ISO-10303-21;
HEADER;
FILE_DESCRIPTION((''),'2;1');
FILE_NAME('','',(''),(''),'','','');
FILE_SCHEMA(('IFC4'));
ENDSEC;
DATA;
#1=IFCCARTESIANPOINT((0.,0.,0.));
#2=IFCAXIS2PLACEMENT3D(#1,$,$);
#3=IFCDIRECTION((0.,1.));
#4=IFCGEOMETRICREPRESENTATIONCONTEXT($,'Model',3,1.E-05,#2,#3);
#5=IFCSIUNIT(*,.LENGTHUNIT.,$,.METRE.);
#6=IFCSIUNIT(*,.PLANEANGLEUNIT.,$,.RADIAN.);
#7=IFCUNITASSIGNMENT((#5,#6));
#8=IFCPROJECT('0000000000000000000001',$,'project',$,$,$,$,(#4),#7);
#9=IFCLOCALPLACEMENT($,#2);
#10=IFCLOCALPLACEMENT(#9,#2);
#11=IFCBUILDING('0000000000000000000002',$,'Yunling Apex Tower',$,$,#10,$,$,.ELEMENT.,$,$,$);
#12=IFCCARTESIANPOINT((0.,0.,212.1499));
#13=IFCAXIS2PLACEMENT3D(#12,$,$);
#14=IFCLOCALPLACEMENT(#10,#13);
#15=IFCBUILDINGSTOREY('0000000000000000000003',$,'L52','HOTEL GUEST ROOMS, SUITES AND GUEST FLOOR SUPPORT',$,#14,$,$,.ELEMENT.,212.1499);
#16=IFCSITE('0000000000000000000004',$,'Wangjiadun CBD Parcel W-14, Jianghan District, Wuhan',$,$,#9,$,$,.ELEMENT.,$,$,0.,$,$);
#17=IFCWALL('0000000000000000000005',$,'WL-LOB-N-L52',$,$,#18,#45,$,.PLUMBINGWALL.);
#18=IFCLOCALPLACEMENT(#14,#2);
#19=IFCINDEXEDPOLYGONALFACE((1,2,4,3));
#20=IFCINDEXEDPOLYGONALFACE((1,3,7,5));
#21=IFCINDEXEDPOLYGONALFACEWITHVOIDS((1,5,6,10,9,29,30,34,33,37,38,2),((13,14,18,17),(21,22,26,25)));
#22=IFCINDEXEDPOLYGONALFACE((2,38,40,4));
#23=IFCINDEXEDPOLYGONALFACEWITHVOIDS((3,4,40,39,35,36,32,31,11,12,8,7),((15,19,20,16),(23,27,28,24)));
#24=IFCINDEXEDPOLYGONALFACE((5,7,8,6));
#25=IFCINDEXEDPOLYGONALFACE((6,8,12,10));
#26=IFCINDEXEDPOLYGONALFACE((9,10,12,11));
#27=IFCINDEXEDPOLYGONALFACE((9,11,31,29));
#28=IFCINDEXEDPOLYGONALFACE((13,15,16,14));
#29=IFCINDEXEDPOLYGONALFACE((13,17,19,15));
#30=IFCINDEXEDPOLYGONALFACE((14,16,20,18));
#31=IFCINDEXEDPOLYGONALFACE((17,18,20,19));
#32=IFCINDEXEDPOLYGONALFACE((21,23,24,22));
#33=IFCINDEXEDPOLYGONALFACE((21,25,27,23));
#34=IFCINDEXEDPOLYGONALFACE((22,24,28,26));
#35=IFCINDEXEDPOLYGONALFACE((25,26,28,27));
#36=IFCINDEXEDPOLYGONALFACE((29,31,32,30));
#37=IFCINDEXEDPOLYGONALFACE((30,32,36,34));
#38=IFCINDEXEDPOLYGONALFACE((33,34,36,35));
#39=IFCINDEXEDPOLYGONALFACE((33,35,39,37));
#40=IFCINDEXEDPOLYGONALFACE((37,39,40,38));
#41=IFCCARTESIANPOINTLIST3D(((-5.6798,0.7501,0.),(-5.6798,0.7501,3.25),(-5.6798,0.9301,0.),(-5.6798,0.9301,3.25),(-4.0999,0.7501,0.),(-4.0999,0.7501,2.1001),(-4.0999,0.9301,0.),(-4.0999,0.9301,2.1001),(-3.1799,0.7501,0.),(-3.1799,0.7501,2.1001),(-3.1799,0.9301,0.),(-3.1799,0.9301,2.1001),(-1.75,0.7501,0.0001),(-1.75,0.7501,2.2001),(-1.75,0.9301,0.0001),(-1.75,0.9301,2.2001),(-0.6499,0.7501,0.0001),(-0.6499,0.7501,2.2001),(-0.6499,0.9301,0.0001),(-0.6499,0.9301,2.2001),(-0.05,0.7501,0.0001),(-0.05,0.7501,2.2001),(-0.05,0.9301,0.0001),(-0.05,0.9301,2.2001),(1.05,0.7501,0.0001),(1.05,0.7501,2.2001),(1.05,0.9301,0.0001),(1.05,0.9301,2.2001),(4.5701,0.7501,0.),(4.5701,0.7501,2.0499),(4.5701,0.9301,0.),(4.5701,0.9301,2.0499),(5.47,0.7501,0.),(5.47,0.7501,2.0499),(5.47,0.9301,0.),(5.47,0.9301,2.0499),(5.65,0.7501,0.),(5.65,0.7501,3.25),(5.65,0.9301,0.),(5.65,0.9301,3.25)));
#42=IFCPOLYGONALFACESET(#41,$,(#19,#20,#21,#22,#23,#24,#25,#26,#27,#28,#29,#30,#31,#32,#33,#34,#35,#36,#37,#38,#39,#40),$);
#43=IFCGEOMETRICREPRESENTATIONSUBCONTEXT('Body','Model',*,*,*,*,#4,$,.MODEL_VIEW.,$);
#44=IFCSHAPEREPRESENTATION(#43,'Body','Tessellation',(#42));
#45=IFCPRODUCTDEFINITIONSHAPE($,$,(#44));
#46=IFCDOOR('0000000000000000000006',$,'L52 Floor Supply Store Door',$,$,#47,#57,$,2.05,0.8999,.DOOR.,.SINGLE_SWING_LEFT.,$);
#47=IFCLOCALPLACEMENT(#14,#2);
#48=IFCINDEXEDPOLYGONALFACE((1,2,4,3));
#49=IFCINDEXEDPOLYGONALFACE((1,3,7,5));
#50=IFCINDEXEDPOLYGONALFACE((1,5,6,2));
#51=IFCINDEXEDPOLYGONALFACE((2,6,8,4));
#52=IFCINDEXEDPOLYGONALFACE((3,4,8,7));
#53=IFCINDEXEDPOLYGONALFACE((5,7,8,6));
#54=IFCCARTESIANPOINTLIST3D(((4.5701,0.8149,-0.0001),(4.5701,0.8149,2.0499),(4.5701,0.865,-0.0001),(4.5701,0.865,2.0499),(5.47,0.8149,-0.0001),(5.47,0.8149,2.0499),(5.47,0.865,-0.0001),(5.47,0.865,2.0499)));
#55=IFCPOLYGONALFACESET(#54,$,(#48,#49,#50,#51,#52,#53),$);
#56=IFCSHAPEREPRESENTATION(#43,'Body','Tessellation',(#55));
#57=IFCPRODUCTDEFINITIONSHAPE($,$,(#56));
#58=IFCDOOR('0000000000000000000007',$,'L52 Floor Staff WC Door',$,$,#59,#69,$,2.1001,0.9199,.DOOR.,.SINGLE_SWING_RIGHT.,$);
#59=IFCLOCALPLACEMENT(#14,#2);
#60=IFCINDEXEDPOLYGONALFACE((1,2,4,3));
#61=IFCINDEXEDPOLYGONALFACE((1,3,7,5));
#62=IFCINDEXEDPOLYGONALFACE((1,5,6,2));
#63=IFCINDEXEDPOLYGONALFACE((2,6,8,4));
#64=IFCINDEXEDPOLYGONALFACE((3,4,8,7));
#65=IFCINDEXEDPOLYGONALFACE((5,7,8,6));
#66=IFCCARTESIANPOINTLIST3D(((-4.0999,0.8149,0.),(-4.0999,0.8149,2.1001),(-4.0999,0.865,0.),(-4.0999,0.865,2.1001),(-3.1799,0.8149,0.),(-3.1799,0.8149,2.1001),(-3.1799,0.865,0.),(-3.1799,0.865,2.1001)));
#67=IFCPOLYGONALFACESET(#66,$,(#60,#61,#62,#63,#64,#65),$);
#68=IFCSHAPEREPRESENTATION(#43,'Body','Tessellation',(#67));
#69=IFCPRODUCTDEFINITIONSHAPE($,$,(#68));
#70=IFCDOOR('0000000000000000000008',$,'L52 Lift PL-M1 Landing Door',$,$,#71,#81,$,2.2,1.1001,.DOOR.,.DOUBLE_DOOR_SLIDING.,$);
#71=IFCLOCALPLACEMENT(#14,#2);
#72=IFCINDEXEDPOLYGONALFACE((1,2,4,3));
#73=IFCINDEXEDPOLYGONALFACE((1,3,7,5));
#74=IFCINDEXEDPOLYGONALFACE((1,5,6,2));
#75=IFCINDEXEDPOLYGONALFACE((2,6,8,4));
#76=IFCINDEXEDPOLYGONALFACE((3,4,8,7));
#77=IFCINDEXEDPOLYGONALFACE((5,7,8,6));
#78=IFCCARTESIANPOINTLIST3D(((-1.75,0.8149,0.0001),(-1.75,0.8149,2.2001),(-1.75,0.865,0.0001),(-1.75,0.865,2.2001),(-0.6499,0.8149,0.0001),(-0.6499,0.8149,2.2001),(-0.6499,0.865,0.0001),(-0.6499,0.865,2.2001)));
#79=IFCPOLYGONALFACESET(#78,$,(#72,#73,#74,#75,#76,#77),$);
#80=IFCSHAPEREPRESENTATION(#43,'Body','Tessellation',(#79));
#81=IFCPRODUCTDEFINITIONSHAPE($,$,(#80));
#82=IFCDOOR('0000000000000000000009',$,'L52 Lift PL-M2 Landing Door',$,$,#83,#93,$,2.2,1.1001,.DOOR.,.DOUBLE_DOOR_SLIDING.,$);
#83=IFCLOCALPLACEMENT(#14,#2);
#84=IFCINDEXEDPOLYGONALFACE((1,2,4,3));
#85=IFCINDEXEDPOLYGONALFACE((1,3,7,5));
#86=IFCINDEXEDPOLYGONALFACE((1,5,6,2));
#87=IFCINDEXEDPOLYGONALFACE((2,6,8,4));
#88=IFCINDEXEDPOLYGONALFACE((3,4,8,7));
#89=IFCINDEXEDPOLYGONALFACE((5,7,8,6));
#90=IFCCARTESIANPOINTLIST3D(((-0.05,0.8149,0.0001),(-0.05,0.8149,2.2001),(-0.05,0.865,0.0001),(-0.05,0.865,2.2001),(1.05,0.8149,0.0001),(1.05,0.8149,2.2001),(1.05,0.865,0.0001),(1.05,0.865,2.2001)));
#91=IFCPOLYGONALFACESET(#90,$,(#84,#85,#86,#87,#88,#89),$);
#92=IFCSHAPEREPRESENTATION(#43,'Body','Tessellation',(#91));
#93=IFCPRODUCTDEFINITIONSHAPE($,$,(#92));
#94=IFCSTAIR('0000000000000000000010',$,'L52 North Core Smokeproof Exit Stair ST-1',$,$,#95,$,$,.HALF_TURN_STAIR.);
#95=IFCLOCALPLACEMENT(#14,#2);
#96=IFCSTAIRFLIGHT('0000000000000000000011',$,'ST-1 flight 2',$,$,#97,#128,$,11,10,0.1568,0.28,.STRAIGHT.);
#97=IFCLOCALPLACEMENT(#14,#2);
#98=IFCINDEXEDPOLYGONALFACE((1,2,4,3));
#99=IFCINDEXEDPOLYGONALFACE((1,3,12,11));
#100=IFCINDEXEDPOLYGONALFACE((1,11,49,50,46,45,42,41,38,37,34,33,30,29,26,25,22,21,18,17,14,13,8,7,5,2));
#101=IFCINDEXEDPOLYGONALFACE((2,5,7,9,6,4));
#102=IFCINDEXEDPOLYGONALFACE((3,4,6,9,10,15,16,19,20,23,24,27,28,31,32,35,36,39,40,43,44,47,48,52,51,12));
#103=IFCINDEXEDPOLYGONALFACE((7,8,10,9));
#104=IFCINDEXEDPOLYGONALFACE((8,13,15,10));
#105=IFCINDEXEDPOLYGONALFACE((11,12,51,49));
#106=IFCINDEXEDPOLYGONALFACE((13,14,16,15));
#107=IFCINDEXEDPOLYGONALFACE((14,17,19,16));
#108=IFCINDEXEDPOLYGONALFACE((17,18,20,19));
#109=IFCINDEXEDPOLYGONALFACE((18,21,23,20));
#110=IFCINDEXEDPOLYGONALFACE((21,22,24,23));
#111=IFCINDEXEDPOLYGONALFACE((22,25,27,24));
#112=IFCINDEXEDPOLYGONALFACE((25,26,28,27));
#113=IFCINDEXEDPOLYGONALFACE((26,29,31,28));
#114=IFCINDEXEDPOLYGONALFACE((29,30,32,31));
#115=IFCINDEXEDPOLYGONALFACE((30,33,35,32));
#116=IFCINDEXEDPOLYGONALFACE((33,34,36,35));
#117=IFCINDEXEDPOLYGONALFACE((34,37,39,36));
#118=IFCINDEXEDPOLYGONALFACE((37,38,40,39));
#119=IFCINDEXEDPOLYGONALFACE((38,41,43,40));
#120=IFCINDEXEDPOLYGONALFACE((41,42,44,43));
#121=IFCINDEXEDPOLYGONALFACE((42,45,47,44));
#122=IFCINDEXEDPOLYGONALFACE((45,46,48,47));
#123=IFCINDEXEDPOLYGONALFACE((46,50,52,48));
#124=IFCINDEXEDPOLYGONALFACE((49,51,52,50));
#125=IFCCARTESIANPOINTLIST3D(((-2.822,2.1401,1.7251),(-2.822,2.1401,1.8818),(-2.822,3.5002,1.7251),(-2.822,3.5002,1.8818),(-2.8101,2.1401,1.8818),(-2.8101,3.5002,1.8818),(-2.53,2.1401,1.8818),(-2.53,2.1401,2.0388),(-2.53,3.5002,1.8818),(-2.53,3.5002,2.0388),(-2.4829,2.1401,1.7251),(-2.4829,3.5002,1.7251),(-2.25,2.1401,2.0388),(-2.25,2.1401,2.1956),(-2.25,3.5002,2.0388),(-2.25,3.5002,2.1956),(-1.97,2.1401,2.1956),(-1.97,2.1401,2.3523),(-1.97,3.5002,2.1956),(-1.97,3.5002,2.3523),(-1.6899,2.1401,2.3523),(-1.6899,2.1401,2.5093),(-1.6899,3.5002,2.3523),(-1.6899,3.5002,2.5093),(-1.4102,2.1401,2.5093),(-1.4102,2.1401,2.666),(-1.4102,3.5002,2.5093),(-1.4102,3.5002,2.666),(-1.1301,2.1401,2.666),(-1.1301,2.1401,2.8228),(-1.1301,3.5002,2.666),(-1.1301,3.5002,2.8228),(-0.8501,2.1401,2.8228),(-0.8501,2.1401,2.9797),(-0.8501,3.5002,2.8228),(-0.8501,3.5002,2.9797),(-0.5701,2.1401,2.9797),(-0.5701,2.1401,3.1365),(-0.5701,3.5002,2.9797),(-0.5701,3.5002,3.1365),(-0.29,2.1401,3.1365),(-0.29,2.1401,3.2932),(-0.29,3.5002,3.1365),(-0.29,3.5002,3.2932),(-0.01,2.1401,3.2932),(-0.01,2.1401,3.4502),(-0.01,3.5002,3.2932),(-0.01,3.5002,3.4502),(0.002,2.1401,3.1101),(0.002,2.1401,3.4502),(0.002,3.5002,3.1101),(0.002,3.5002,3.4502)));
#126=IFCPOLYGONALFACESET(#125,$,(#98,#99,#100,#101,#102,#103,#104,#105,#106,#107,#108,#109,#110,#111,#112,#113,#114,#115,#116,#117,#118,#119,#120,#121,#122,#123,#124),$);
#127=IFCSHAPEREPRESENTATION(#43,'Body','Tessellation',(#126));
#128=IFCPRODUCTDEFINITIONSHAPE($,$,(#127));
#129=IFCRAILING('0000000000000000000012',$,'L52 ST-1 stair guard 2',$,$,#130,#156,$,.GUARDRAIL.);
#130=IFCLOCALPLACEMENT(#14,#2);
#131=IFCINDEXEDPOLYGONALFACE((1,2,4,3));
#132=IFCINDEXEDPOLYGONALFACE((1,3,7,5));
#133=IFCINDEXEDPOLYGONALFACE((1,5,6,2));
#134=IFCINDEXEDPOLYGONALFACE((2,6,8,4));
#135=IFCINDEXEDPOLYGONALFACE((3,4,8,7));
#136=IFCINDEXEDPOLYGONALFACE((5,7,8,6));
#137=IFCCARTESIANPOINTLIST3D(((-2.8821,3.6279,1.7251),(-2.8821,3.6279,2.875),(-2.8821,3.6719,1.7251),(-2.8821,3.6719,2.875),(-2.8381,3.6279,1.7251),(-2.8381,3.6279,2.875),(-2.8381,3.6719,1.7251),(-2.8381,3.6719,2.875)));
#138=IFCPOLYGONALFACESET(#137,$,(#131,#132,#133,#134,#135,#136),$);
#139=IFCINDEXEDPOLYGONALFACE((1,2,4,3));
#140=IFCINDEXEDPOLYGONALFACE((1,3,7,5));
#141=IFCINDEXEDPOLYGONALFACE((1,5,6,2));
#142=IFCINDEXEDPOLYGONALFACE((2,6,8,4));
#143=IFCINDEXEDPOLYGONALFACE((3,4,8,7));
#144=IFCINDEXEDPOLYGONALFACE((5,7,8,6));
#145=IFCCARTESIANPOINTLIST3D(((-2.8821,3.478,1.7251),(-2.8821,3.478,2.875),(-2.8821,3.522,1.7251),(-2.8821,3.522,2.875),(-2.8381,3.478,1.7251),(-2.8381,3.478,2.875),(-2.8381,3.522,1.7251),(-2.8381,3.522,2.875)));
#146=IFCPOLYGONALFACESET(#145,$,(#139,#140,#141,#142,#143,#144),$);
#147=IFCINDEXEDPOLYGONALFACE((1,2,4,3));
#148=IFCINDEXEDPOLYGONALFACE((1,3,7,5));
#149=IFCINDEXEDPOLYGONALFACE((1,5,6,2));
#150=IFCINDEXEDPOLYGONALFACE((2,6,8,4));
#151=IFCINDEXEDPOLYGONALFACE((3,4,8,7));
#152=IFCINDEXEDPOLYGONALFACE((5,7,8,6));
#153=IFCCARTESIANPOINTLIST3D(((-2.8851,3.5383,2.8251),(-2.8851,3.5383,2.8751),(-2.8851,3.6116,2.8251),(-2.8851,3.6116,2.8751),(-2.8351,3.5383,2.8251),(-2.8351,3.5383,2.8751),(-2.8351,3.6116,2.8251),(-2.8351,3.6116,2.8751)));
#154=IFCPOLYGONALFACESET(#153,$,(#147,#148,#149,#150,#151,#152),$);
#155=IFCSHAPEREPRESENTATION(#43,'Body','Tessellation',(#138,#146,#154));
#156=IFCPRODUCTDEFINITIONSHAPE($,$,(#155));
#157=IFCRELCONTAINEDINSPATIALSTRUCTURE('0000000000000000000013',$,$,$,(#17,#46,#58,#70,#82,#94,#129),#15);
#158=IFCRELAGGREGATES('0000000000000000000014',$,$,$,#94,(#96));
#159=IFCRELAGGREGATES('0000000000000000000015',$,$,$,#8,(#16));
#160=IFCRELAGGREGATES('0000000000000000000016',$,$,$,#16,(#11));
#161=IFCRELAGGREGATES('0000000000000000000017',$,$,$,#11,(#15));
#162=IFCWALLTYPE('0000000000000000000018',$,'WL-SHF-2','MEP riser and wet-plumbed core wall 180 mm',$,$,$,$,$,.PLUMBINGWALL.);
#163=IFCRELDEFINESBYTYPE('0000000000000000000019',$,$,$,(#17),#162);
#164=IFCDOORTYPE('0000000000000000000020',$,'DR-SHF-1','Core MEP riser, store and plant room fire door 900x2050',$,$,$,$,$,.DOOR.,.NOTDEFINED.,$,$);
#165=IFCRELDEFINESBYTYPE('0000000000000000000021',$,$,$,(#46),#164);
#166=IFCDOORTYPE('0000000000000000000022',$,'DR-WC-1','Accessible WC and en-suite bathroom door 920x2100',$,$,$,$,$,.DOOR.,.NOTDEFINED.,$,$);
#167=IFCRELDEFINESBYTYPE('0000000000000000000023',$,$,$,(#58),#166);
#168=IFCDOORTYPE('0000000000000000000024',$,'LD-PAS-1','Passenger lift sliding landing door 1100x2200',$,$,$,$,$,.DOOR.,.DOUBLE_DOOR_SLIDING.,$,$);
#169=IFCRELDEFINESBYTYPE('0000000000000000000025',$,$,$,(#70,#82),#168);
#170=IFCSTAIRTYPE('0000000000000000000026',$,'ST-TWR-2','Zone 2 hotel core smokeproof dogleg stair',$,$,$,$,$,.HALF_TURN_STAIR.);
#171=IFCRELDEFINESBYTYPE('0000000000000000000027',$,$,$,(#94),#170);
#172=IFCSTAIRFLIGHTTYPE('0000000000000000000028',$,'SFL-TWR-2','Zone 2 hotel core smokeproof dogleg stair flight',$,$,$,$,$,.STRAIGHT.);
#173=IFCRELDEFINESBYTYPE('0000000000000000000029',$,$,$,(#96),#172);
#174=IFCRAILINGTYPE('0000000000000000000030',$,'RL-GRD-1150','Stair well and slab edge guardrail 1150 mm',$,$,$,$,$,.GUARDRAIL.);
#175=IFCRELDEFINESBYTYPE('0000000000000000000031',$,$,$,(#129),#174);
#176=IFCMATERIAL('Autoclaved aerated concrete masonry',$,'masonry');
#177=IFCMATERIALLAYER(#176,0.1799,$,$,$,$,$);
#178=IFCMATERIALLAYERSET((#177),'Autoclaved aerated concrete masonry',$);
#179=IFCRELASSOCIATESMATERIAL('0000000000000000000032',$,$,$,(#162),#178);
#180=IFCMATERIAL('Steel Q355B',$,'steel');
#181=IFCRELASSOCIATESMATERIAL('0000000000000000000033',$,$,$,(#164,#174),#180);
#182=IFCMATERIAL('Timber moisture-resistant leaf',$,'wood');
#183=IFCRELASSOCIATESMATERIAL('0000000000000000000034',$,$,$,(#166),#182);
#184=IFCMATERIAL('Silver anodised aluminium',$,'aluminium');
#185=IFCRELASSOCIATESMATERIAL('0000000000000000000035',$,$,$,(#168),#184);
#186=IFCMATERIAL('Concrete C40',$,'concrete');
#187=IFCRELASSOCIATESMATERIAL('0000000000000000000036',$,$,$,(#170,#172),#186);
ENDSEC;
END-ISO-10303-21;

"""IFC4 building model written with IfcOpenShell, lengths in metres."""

from ifc_helpers import new_model, si_unit, direction, frame, frame_2d, origin, origin_2d, place, context, subcontext, project, spatial, polyline, rectangle, outline, extrude, material, layer, layer_set, type_object, element, fill, aggregate, save


model = new_model("IFC4")

# Units and contexts
model_context = context("Model", 3, precision=1e-05, world=origin(), true_north=direction((0.0, 1.0)))
body_context = subcontext(model_context, "Body", "Model", "MODEL_VIEW")
ifc_project = project(units=[si_unit("LENGTHUNIT", "METRE"), si_unit("PLANEANGLEUNIT", "RADIAN")], contexts=[model_context])

# Site, building, storey
site_placement = place(None, origin())
site = spatial("IfcSite", under=ifc_project, at=site_placement, Name="Wangjiadun CBD Parcel W-14, Jianghan District, Wuhan", CompositionType="ELEMENT", RefElevation=0.0)
building_placement = place(site_placement, origin())
building = spatial("IfcBuilding", under=site, at=building_placement, Name="Yunling Apex Tower", CompositionType="ELEMENT")
storey_placement = place(building_placement, frame((0.0, 0.0, 212.1499)))
storey = spatial("IfcBuildingStorey", under=building, at=storey_placement, Name="L52", Description="HOTEL GUEST ROOMS, SUITES AND GUEST FLOOR SUPPORT", CompositionType="ELEMENT", Elevation=212.1499)

# Shared definitions
ifc_material_1 = material(Name="Steel Q355B", Category="steel")

# Shared definitions
ifc_material_2 = material(Name="Concrete C40", Category="concrete")
ifc_material_3 = material(Name="Autoclaved aerated concrete masonry", Category="masonry")
ifc_layer_1 = layer(ifc_material_3, 0.1799)
ifc_layer_set_1 = layer_set([ifc_layer_1], Name="Autoclaved aerated concrete masonry")
wall_type_1 = type_object("IfcWallType", Name="WL-SHF-2", Description="MEP riser and wet-plumbed core wall 180 mm", PredefinedType="PLUMBINGWALL", material=ifc_layer_set_1)

# Wall, openings, doors
wall_1_placement = place(storey_placement, frame((-5.6799, 0.8401, 0.0), z_axis=(0.0, 0.0, 1.0), x_axis=(1.0, 0.0, 0.0)))
wall_1 = element("IfcWall", 1, at=wall_1_placement, inside=storey, type_object=wall_type_1, Name="WL-LOB-N-L52", PredefinedType="PLUMBINGWALL", context=body_context, shape_type="SweptSolid", body=[
    extrude(rectangle(XDim=11.3298, YDim=0.1799, at=frame_2d((5.665, 0.0))), origin(), (0.0, 0.0, 1.0), 3.25),
])
opening_1_placement = place(wall_1_placement, frame((1.5801, 0.0, 0.0)))
opening_1 = element("IfcOpeningElement", 2, at=opening_1_placement, cuts=wall_1, PredefinedType="OPENING", context=body_context, shape_type="SweptSolid", body=[
    extrude(rectangle(XDim=0.9199, YDim=2.1001, at=frame_2d((0.46, 1.05))), frame((0.0, 0.1001, 0.0), z_axis=(0.0, -1.0, 0.0), x_axis=(1.0, 0.0, 0.0)), (0.0, 0.0, 1.0), 0.2),
])
opening_2_placement = place(wall_1_placement, frame((3.9299, 0.0, 0.0)))
opening_2 = element("IfcOpeningElement", 3, at=opening_2_placement, cuts=wall_1, PredefinedType="OPENING", context=body_context, shape_type="SweptSolid", body=[
    extrude(rectangle(XDim=1.1001, YDim=2.2, at=frame_2d((0.55, 1.1001))), frame((0.0, 0.1001, 0.0), z_axis=(0.0, -1.0, 0.0), x_axis=(1.0, 0.0, 0.0)), (0.0, 0.0, 1.0), 0.2),
])
opening_3_placement = place(wall_1_placement, frame((5.6299, 0.0, 0.0)))
opening_3 = element("IfcOpeningElement", 4, at=opening_3_placement, cuts=wall_1, PredefinedType="OPENING", context=body_context, shape_type="SweptSolid", body=[
    extrude(rectangle(XDim=1.1001, YDim=2.2, at=frame_2d((0.55, 1.1001))), frame((0.0, 0.1001, 0.0), z_axis=(0.0, -1.0, 0.0), x_axis=(1.0, 0.0, 0.0)), (0.0, 0.0, 1.0), 0.2),
])
opening_4_placement = place(wall_1_placement, frame((10.25, 0.0, 0.0)))
opening_4 = element("IfcOpeningElement", 5, at=opening_4_placement, cuts=wall_1, PredefinedType="OPENING", context=body_context, shape_type="SweptSolid", body=[
    extrude(rectangle(XDim=0.8999, YDim=2.05, at=frame_2d((0.45, 1.0249))), frame((0.0, 0.1001, 0.0), z_axis=(0.0, -1.0, 0.0), x_axis=(1.0, 0.0, 0.0)), (0.0, 0.0, 1.0), 0.2),
])
door_type_1 = type_object("IfcDoorType", Name="DR-SHF-1", Description="Core MEP riser, store and plant room fire door 900x2050", OperationType="NOTDEFINED", PredefinedType="DOOR", material=ifc_material_1)
door_1_placement = place(opening_4_placement, origin())
door_1 = element("IfcDoor", 6, at=door_1_placement, inside=storey, type_object=door_type_1, Name="L52 Floor Supply Store Door", OperationType="SINGLE_SWING_LEFT", OverallHeight=2.05, OverallWidth=0.8999, PredefinedType="DOOR", context=body_context, shape_type="SweptSolid", body=[
    extrude(rectangle(XDim=0.8999, YDim=2.05, at=frame_2d((0.45, 1.0249))), frame((0.0, 0.0249, 0.0), z_axis=(0.0, -1.0, 0.0), x_axis=(1.0, 0.0, 0.0)), (0.0, 0.0, 1.0), 0.05),
])
fill(opening_4, door_1)
ifc_material_4 = material(Name="Timber moisture-resistant leaf", Category="wood")
door_type_2 = type_object("IfcDoorType", Name="DR-WC-1", Description="Accessible WC and en-suite bathroom door 920x2100", OperationType="NOTDEFINED", PredefinedType="DOOR", material=ifc_material_4)
door_2_placement = place(opening_1_placement, origin())
door_2 = element("IfcDoor", 7, at=door_2_placement, inside=storey, type_object=door_type_2, Name="L52 Floor Staff WC Door", OperationType="SINGLE_SWING_RIGHT", OverallHeight=2.1001, OverallWidth=0.9199, PredefinedType="DOOR", context=body_context, shape_type="SweptSolid", body=[
    extrude(rectangle(XDim=0.9199, YDim=2.1001, at=frame_2d((0.46, 1.05))), frame((0.0, 0.0249, 0.0), z_axis=(0.0, -1.0, 0.0), x_axis=(1.0, 0.0, 0.0)), (0.0, 0.0, 1.0), 0.05),
])
fill(opening_1, door_2)
ifc_material_5 = material(Name="Silver anodised aluminium", Category="aluminium")
door_type_3 = type_object("IfcDoorType", Name="LD-PAS-1", Description="Passenger lift sliding landing door 1100x2200", OperationType="DOUBLE_DOOR_SLIDING", PredefinedType="DOOR", material=ifc_material_5)
door_3_placement = place(opening_2_placement, origin())
door_3 = element("IfcDoor", 8, at=door_3_placement, inside=storey, type_object=door_type_3, Name="L52 Lift PL-M1 Landing Door", OperationType="DOUBLE_DOOR_SLIDING", OverallHeight=2.2, OverallWidth=1.1001, PredefinedType="DOOR", context=body_context, shape_type="SweptSolid", body=[
    extrude(rectangle(XDim=1.1001, YDim=2.2, at=frame_2d((0.55, 1.1001))), frame((0.0, 0.0249, 0.0), z_axis=(0.0, -1.0, 0.0), x_axis=(1.0, 0.0, 0.0)), (0.0, 0.0, 1.0), 0.05),
])
fill(opening_2, door_3)
door_4_placement = place(opening_3_placement, origin())
door_4 = element("IfcDoor", 9, at=door_4_placement, inside=storey, type_object=door_type_3, Name="L52 Lift PL-M2 Landing Door", OperationType="DOUBLE_DOOR_SLIDING", OverallHeight=2.2, OverallWidth=1.1001, PredefinedType="DOOR", context=body_context, shape_type="SweptSolid", body=[
    extrude(rectangle(XDim=1.1001, YDim=2.2, at=frame_2d((0.55, 1.1001))), frame((0.0, 0.0249, 0.0), z_axis=(0.0, -1.0, 0.0), x_axis=(1.0, 0.0, 0.0)), (0.0, 0.0, 1.0), 0.05),
])
fill(opening_3, door_4)

# Stair, stair flight
stair_type = type_object("IfcStairType", Name="ST-TWR-2", Description="Zone 2 hotel core smokeproof dogleg stair", PredefinedType="HALF_TURN_STAIR", material=ifc_material_2)
stair_placement = place(storey_placement, origin())
stair = element("IfcStair", 10, at=stair_placement, inside=storey, type_object=stair_type, Name="L52 North Core Smokeproof Exit Stair ST-1", PredefinedType="HALF_TURN_STAIR")
stair_flight_type = type_object("IfcStairFlightType", Name="SFL-TWR-2", Description="Zone 2 hotel core smokeproof dogleg stair flight", PredefinedType="STRAIGHT", material=ifc_material_2)
stair_flight_placement = place(storey_placement, frame((-2.8101, 2.8201, 1.7251), z_axis=(0.0, 0.0, 1.0), x_axis=(1.0, 0.0, 0.0)))
stair_flight = element("IfcStairFlight", 11, at=stair_flight_placement, type_object=stair_flight_type, Name="ST-1 flight 2", NumberOfRisers=11, NumberOfTreads=10, PredefinedType="STRAIGHT", RiserHeight=0.1568, TreadLength=0.28, context=body_context, shape_type="SweptSolid", body=[
    extrude(outline(polyline([(-0.012, 0.0), (-0.012, 0.1567), (0.0, 0.1567), (0.28, 0.1567), (0.28, 0.3137), (0.5601, 0.3137), (0.5601, 0.4705), (0.8401, 0.4705), (0.8401, 0.6272), (1.1201, 0.6272), (1.1201, 0.7842), (1.3999, 0.7842), (1.3999, 0.9409), (1.6799, 0.9409), (1.6799, 1.0977), (1.96, 1.0977), (1.96, 1.2546), (2.24, 1.2546), (2.24, 1.4114), (2.52, 1.4114), (2.52, 1.5681), (2.8, 1.5681), (2.8, 1.7251), (2.812, 1.7251), (2.812, 1.385), (0.3271, 0.0), (-0.012, 0.0)])), frame((0.0, 0.6802, 0.0), z_axis=(0.0, -1.0, 0.0), x_axis=(1.0, 0.0, 0.0)), (0.0, 0.0, 1.0), 1.3601),
])
aggregate(stair, [stair_flight])

# Railing
railing_type_1 = type_object("IfcRailingType", Name="RL-GRD-1150", Description="Stair well and slab edge guardrail 1150 mm", PredefinedType="GUARDRAIL", material=ifc_material_1)
railing_1_placement = place(storey_placement, frame((-2.8601, 3.6499, 1.7251)))
element("IfcRailing", 12, at=railing_1_placement, inside=storey, type_object=railing_type_1, Name="L52 ST-1 stair guard 2", PredefinedType="GUARDRAIL", context=body_context, shape_type="SweptSolid", body=[
    extrude(rectangle(XDim=0.0439, YDim=0.0439, at=origin_2d()), origin(), (0.0, 0.0, 1.0), 1.1499),
    extrude(rectangle(XDim=0.0439, YDim=0.0439, at=origin_2d()), frame((0.0, -0.1499, 0.0)), (0.0, 0.0, 1.0), 1.1499),
    extrude(rectangle(XDim=0.05, YDim=0.05, at=origin_2d()), frame((0.0, -0.0383, 1.125), z_axis=(0.0, -1.0, 0.0), x_axis=(1.0, 0.0, 0.0)), (0.0, 0.0, 1.0), 0.0732),
])

save(model, "model.ifc")
